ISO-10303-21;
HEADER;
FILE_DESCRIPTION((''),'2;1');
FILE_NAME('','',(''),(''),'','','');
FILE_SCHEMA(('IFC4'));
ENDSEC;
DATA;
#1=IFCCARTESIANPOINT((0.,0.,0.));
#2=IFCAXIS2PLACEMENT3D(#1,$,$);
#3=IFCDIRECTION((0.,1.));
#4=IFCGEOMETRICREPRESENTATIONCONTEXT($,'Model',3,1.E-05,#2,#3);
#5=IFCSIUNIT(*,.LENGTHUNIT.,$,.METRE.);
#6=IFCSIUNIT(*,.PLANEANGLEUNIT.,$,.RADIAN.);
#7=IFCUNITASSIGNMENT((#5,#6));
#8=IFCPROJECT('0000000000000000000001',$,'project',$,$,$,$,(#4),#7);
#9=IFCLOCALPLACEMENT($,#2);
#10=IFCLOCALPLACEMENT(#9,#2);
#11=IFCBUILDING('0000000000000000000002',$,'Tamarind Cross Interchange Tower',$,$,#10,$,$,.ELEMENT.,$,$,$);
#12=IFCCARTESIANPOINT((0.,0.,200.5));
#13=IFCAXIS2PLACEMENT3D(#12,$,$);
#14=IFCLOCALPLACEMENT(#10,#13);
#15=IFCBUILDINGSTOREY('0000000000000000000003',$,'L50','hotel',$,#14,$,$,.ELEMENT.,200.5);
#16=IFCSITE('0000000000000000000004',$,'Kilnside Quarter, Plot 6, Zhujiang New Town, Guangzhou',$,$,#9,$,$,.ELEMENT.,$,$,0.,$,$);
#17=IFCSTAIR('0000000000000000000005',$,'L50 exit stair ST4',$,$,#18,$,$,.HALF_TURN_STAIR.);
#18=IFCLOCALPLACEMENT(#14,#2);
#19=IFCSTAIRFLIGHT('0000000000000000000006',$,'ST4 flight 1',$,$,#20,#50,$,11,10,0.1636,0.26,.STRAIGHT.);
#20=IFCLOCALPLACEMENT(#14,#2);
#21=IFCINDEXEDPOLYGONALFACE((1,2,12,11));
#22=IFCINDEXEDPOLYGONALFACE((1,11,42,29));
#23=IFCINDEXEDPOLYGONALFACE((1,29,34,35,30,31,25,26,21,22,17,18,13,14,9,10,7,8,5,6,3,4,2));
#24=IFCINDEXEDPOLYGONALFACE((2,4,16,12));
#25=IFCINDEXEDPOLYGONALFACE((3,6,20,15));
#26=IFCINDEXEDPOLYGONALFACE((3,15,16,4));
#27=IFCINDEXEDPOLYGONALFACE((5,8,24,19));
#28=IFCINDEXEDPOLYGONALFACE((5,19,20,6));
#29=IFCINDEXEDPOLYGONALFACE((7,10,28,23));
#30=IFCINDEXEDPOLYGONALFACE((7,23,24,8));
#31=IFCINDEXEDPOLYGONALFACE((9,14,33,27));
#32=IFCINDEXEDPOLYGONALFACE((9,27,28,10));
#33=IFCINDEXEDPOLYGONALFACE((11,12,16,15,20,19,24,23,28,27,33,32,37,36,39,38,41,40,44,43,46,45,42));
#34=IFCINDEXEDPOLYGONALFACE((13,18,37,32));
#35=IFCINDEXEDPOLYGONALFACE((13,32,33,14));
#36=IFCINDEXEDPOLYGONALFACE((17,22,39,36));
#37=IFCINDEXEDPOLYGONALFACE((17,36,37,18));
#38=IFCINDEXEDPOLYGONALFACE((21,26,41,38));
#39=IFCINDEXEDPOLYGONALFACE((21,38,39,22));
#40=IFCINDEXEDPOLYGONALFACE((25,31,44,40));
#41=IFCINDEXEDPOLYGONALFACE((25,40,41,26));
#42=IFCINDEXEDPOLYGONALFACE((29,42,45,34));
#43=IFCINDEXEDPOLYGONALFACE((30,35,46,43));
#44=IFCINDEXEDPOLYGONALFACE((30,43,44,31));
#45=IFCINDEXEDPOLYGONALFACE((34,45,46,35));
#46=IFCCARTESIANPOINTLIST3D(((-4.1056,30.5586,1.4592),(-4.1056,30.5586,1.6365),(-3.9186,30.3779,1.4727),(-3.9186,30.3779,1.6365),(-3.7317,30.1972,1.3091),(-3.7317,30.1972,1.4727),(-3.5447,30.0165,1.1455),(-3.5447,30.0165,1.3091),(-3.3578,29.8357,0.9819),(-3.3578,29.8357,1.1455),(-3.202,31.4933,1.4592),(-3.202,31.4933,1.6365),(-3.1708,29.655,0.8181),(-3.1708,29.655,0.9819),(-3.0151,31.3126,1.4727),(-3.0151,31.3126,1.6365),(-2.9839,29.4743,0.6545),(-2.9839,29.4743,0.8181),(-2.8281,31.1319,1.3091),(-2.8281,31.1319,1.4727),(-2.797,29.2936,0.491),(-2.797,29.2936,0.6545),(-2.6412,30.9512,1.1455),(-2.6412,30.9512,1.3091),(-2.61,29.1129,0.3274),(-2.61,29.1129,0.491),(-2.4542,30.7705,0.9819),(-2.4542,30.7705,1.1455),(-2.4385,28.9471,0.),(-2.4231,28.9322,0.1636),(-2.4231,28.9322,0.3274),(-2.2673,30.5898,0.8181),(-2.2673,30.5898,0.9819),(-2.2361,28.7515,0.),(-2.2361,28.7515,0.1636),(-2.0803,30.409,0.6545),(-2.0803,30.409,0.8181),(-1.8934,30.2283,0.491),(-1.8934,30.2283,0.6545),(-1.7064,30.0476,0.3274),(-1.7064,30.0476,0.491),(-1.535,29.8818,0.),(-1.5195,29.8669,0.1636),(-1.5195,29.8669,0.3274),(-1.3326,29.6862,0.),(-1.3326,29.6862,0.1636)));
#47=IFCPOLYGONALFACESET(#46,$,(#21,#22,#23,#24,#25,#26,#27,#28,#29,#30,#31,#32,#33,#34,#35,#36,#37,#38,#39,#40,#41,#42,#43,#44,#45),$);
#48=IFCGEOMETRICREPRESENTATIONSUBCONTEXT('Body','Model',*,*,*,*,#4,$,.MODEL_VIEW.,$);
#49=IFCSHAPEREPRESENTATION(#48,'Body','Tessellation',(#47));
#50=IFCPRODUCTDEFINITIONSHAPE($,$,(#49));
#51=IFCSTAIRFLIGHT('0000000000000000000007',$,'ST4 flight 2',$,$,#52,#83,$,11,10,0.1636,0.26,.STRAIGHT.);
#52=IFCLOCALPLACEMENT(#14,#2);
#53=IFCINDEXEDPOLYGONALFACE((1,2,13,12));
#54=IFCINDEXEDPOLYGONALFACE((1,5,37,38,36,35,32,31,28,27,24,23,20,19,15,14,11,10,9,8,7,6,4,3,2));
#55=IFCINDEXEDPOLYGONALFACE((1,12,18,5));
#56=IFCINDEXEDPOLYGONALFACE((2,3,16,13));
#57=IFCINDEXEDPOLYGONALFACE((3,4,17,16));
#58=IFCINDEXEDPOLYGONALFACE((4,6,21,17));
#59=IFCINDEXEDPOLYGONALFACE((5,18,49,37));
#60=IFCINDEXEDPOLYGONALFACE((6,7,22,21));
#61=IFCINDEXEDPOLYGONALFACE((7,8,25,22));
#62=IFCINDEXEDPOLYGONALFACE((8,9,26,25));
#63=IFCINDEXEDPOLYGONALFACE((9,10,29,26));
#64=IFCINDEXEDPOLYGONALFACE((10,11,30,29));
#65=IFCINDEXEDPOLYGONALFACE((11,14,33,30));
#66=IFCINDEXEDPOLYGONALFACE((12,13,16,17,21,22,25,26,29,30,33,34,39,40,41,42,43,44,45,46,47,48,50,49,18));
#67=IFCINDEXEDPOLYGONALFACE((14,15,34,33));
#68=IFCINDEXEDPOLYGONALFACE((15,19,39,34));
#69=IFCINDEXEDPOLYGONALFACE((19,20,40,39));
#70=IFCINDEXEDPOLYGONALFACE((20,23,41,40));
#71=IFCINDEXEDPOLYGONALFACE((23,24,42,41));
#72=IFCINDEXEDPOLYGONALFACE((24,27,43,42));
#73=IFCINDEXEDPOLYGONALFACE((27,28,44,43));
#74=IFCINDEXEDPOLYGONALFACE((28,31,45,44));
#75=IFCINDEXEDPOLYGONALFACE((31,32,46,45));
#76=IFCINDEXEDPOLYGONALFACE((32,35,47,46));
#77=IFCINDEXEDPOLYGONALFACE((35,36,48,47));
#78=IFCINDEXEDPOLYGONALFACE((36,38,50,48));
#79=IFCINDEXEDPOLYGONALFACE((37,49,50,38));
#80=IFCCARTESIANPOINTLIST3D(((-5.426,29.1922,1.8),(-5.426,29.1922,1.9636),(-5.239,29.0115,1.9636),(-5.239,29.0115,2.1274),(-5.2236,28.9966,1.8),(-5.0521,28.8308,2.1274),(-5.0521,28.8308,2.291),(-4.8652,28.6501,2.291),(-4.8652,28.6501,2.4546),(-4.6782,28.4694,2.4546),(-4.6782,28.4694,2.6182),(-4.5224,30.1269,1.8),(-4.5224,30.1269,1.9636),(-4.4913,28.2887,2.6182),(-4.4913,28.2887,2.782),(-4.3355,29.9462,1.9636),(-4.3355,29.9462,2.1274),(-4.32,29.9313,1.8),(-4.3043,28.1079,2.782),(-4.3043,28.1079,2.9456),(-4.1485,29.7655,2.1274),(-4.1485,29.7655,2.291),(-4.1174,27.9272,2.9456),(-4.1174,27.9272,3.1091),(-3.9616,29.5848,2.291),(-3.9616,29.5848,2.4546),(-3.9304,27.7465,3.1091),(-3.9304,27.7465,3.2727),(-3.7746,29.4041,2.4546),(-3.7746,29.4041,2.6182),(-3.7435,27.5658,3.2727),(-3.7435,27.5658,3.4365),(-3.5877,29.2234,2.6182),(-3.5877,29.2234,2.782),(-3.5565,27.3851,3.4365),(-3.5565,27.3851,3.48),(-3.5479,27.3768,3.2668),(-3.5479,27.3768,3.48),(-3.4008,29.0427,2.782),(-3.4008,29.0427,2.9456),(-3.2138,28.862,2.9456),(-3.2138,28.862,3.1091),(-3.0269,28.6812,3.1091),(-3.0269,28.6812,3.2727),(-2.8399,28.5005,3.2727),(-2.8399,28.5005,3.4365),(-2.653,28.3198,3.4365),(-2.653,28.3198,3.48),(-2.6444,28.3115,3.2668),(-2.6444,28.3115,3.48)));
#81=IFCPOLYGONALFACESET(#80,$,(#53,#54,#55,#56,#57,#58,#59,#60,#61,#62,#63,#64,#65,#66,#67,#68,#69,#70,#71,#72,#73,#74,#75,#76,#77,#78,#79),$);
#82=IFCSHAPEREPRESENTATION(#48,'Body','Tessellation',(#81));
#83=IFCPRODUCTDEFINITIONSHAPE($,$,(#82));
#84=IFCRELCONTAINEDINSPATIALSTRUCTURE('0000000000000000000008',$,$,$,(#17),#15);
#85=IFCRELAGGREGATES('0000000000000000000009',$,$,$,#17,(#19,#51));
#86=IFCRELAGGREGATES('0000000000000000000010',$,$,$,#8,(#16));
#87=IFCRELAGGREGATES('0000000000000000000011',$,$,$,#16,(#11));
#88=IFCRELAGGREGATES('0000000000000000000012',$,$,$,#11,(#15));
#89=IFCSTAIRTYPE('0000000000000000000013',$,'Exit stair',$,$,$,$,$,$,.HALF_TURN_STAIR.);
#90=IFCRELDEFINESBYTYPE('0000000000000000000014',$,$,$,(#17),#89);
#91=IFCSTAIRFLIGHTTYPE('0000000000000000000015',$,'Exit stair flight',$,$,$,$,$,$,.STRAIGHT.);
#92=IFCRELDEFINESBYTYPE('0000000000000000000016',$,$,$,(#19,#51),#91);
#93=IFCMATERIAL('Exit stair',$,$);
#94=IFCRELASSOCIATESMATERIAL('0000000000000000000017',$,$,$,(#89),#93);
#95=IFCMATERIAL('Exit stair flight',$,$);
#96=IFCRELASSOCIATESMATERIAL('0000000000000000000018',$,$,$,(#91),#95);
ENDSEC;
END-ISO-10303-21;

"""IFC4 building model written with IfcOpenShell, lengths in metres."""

from ifc_helpers import new_model, si_unit, direction, frame, origin, place, context, subcontext, project, spatial, polyline, outline, extrude, material, type_object, element, aggregate, save


model = new_model("IFC4")

# Units and contexts
model_context = context("Model", 3, precision=1e-05, world=origin(), true_north=direction((0.0, 1.0)))
body_context = subcontext(model_context, "Body", "Model", "MODEL_VIEW")
ifc_project = project(units=[si_unit("LENGTHUNIT", "METRE"), si_unit("PLANEANGLEUNIT", "RADIAN")], contexts=[model_context])

# Site, building, storey
site_placement = place(None, origin())
site = spatial("IfcSite", under=ifc_project, at=site_placement, Name="Kilnside Quarter, Plot 6, Zhujiang New Town, Guangzhou", CompositionType="ELEMENT", RefElevation=0.0)
building_placement = place(site_placement, origin())
building = spatial("IfcBuilding", under=site, at=building_placement, Name="Tamarind Cross Interchange Tower", CompositionType="ELEMENT")
storey_placement = place(building_placement, frame((0.0, 0.0, 200.5)))
storey = spatial("IfcBuildingStorey", under=building, at=storey_placement, Name="L50", Description="hotel", CompositionType="ELEMENT", Elevation=200.5)

# Stair, stair flights
ifc_material_1 = material(Name="Exit stair")
stair_type = type_object("IfcStairType", Name="Exit stair", PredefinedType="HALF_TURN_STAIR", material=ifc_material_1)
stair_placement = place(storey_placement, origin())
stair = element("IfcStair", 1, at=stair_placement, inside=storey, type_object=stair_type, Name="L50 exit stair ST4", PredefinedType="HALF_TURN_STAIR")
ifc_material_2 = material(Name="Exit stair flight")
stair_flight_type = type_object("IfcStairFlightType", Name="Exit stair flight", PredefinedType="STRAIGHT", material=ifc_material_2)
stair_flight_1_placement = place(storey_placement, frame((-1.7844, 29.2188, 0.0), z_axis=(0.0, 0.0, 1.0), x_axis=(-0.718991, 0.69502, 0.0)))
stair_flight_1 = element("IfcStairFlight", 2, at=stair_flight_1_placement, type_object=stair_flight_type, Name="ST4 flight 1", NumberOfRisers=11, NumberOfTreads=10, PredefinedType="STRAIGHT", RiserHeight=0.1636, TreadLength=0.26, context=body_context, shape_type="SweptSolid", body=[
    extrude(outline(polyline([(0.0, 0.0), (0.0, 0.1636), (0.26, 0.1636), (0.26, 0.3274), (0.52, 0.3274), (0.52, 0.491), (0.78, 0.491), (0.78, 0.6545), (1.04, 0.6545), (1.04, 0.8181), (1.3, 0.8181), (1.3, 0.9819), (1.5601, 0.9819), (1.5601, 1.1455), (1.8201, 1.1455), (1.8201, 1.3091), (2.0801, 1.3091), (2.0801, 1.4727), (2.3401, 1.4727), (2.3401, 1.6365), (2.6001, 1.6365), (2.6001, 1.8), (2.6001, 1.4592), (0.2815, 0.0), (0.0, 0.0)])), frame((0.0, 0.6499, 0.0), z_axis=(0.0, -1.0, 0.0), x_axis=(1.0, 0.0, 0.0)), (0.0, 0.0, 1.0), 1.3),
])
stair_flight_2_placement = place(storey_placement, frame((-4.9741, 29.6597, 1.8), z_axis=(0.0, 0.0, 1.0), x_axis=(0.718991, -0.69502, 0.0)))
stair_flight_2 = element("IfcStairFlight", 3, at=stair_flight_2_placement, type_object=stair_flight_type, Name="ST4 flight 2", NumberOfRisers=11, NumberOfTreads=10, PredefinedType="STRAIGHT", RiserHeight=0.1636, TreadLength=0.26, context=body_context, shape_type="SweptSolid", body=[
    extrude(outline(polyline([(0.0, 0.0), (0.0, 0.1636), (0.26, 0.1636), (0.26, 0.3274), (0.52, 0.3274), (0.52, 0.491), (0.78, 0.491), (0.78, 0.6545), (1.04, 0.6545), (1.04, 0.8181), (1.3, 0.8181), (1.3, 0.9819), (1.5601, 0.9819), (1.5601, 1.1455), (1.8201, 1.1455), (1.8201, 1.3091), (2.0801, 1.3091), (2.0801, 1.4727), (2.3401, 1.4727), (2.3401, 1.6365), (2.6001, 1.6365), (2.6001, 1.6799), (2.6121, 1.6799), (2.6121, 1.4668), (0.2815, 0.0), (0.0, 0.0)])), frame((0.0, 0.6499, 0.0), z_axis=(0.0, -1.0, 0.0), x_axis=(1.0, 0.0, 0.0)), (0.0, 0.0, 1.0), 1.3),
])
aggregate(stair, [stair_flight_1, stair_flight_2])

save(model, "model.ifc")
